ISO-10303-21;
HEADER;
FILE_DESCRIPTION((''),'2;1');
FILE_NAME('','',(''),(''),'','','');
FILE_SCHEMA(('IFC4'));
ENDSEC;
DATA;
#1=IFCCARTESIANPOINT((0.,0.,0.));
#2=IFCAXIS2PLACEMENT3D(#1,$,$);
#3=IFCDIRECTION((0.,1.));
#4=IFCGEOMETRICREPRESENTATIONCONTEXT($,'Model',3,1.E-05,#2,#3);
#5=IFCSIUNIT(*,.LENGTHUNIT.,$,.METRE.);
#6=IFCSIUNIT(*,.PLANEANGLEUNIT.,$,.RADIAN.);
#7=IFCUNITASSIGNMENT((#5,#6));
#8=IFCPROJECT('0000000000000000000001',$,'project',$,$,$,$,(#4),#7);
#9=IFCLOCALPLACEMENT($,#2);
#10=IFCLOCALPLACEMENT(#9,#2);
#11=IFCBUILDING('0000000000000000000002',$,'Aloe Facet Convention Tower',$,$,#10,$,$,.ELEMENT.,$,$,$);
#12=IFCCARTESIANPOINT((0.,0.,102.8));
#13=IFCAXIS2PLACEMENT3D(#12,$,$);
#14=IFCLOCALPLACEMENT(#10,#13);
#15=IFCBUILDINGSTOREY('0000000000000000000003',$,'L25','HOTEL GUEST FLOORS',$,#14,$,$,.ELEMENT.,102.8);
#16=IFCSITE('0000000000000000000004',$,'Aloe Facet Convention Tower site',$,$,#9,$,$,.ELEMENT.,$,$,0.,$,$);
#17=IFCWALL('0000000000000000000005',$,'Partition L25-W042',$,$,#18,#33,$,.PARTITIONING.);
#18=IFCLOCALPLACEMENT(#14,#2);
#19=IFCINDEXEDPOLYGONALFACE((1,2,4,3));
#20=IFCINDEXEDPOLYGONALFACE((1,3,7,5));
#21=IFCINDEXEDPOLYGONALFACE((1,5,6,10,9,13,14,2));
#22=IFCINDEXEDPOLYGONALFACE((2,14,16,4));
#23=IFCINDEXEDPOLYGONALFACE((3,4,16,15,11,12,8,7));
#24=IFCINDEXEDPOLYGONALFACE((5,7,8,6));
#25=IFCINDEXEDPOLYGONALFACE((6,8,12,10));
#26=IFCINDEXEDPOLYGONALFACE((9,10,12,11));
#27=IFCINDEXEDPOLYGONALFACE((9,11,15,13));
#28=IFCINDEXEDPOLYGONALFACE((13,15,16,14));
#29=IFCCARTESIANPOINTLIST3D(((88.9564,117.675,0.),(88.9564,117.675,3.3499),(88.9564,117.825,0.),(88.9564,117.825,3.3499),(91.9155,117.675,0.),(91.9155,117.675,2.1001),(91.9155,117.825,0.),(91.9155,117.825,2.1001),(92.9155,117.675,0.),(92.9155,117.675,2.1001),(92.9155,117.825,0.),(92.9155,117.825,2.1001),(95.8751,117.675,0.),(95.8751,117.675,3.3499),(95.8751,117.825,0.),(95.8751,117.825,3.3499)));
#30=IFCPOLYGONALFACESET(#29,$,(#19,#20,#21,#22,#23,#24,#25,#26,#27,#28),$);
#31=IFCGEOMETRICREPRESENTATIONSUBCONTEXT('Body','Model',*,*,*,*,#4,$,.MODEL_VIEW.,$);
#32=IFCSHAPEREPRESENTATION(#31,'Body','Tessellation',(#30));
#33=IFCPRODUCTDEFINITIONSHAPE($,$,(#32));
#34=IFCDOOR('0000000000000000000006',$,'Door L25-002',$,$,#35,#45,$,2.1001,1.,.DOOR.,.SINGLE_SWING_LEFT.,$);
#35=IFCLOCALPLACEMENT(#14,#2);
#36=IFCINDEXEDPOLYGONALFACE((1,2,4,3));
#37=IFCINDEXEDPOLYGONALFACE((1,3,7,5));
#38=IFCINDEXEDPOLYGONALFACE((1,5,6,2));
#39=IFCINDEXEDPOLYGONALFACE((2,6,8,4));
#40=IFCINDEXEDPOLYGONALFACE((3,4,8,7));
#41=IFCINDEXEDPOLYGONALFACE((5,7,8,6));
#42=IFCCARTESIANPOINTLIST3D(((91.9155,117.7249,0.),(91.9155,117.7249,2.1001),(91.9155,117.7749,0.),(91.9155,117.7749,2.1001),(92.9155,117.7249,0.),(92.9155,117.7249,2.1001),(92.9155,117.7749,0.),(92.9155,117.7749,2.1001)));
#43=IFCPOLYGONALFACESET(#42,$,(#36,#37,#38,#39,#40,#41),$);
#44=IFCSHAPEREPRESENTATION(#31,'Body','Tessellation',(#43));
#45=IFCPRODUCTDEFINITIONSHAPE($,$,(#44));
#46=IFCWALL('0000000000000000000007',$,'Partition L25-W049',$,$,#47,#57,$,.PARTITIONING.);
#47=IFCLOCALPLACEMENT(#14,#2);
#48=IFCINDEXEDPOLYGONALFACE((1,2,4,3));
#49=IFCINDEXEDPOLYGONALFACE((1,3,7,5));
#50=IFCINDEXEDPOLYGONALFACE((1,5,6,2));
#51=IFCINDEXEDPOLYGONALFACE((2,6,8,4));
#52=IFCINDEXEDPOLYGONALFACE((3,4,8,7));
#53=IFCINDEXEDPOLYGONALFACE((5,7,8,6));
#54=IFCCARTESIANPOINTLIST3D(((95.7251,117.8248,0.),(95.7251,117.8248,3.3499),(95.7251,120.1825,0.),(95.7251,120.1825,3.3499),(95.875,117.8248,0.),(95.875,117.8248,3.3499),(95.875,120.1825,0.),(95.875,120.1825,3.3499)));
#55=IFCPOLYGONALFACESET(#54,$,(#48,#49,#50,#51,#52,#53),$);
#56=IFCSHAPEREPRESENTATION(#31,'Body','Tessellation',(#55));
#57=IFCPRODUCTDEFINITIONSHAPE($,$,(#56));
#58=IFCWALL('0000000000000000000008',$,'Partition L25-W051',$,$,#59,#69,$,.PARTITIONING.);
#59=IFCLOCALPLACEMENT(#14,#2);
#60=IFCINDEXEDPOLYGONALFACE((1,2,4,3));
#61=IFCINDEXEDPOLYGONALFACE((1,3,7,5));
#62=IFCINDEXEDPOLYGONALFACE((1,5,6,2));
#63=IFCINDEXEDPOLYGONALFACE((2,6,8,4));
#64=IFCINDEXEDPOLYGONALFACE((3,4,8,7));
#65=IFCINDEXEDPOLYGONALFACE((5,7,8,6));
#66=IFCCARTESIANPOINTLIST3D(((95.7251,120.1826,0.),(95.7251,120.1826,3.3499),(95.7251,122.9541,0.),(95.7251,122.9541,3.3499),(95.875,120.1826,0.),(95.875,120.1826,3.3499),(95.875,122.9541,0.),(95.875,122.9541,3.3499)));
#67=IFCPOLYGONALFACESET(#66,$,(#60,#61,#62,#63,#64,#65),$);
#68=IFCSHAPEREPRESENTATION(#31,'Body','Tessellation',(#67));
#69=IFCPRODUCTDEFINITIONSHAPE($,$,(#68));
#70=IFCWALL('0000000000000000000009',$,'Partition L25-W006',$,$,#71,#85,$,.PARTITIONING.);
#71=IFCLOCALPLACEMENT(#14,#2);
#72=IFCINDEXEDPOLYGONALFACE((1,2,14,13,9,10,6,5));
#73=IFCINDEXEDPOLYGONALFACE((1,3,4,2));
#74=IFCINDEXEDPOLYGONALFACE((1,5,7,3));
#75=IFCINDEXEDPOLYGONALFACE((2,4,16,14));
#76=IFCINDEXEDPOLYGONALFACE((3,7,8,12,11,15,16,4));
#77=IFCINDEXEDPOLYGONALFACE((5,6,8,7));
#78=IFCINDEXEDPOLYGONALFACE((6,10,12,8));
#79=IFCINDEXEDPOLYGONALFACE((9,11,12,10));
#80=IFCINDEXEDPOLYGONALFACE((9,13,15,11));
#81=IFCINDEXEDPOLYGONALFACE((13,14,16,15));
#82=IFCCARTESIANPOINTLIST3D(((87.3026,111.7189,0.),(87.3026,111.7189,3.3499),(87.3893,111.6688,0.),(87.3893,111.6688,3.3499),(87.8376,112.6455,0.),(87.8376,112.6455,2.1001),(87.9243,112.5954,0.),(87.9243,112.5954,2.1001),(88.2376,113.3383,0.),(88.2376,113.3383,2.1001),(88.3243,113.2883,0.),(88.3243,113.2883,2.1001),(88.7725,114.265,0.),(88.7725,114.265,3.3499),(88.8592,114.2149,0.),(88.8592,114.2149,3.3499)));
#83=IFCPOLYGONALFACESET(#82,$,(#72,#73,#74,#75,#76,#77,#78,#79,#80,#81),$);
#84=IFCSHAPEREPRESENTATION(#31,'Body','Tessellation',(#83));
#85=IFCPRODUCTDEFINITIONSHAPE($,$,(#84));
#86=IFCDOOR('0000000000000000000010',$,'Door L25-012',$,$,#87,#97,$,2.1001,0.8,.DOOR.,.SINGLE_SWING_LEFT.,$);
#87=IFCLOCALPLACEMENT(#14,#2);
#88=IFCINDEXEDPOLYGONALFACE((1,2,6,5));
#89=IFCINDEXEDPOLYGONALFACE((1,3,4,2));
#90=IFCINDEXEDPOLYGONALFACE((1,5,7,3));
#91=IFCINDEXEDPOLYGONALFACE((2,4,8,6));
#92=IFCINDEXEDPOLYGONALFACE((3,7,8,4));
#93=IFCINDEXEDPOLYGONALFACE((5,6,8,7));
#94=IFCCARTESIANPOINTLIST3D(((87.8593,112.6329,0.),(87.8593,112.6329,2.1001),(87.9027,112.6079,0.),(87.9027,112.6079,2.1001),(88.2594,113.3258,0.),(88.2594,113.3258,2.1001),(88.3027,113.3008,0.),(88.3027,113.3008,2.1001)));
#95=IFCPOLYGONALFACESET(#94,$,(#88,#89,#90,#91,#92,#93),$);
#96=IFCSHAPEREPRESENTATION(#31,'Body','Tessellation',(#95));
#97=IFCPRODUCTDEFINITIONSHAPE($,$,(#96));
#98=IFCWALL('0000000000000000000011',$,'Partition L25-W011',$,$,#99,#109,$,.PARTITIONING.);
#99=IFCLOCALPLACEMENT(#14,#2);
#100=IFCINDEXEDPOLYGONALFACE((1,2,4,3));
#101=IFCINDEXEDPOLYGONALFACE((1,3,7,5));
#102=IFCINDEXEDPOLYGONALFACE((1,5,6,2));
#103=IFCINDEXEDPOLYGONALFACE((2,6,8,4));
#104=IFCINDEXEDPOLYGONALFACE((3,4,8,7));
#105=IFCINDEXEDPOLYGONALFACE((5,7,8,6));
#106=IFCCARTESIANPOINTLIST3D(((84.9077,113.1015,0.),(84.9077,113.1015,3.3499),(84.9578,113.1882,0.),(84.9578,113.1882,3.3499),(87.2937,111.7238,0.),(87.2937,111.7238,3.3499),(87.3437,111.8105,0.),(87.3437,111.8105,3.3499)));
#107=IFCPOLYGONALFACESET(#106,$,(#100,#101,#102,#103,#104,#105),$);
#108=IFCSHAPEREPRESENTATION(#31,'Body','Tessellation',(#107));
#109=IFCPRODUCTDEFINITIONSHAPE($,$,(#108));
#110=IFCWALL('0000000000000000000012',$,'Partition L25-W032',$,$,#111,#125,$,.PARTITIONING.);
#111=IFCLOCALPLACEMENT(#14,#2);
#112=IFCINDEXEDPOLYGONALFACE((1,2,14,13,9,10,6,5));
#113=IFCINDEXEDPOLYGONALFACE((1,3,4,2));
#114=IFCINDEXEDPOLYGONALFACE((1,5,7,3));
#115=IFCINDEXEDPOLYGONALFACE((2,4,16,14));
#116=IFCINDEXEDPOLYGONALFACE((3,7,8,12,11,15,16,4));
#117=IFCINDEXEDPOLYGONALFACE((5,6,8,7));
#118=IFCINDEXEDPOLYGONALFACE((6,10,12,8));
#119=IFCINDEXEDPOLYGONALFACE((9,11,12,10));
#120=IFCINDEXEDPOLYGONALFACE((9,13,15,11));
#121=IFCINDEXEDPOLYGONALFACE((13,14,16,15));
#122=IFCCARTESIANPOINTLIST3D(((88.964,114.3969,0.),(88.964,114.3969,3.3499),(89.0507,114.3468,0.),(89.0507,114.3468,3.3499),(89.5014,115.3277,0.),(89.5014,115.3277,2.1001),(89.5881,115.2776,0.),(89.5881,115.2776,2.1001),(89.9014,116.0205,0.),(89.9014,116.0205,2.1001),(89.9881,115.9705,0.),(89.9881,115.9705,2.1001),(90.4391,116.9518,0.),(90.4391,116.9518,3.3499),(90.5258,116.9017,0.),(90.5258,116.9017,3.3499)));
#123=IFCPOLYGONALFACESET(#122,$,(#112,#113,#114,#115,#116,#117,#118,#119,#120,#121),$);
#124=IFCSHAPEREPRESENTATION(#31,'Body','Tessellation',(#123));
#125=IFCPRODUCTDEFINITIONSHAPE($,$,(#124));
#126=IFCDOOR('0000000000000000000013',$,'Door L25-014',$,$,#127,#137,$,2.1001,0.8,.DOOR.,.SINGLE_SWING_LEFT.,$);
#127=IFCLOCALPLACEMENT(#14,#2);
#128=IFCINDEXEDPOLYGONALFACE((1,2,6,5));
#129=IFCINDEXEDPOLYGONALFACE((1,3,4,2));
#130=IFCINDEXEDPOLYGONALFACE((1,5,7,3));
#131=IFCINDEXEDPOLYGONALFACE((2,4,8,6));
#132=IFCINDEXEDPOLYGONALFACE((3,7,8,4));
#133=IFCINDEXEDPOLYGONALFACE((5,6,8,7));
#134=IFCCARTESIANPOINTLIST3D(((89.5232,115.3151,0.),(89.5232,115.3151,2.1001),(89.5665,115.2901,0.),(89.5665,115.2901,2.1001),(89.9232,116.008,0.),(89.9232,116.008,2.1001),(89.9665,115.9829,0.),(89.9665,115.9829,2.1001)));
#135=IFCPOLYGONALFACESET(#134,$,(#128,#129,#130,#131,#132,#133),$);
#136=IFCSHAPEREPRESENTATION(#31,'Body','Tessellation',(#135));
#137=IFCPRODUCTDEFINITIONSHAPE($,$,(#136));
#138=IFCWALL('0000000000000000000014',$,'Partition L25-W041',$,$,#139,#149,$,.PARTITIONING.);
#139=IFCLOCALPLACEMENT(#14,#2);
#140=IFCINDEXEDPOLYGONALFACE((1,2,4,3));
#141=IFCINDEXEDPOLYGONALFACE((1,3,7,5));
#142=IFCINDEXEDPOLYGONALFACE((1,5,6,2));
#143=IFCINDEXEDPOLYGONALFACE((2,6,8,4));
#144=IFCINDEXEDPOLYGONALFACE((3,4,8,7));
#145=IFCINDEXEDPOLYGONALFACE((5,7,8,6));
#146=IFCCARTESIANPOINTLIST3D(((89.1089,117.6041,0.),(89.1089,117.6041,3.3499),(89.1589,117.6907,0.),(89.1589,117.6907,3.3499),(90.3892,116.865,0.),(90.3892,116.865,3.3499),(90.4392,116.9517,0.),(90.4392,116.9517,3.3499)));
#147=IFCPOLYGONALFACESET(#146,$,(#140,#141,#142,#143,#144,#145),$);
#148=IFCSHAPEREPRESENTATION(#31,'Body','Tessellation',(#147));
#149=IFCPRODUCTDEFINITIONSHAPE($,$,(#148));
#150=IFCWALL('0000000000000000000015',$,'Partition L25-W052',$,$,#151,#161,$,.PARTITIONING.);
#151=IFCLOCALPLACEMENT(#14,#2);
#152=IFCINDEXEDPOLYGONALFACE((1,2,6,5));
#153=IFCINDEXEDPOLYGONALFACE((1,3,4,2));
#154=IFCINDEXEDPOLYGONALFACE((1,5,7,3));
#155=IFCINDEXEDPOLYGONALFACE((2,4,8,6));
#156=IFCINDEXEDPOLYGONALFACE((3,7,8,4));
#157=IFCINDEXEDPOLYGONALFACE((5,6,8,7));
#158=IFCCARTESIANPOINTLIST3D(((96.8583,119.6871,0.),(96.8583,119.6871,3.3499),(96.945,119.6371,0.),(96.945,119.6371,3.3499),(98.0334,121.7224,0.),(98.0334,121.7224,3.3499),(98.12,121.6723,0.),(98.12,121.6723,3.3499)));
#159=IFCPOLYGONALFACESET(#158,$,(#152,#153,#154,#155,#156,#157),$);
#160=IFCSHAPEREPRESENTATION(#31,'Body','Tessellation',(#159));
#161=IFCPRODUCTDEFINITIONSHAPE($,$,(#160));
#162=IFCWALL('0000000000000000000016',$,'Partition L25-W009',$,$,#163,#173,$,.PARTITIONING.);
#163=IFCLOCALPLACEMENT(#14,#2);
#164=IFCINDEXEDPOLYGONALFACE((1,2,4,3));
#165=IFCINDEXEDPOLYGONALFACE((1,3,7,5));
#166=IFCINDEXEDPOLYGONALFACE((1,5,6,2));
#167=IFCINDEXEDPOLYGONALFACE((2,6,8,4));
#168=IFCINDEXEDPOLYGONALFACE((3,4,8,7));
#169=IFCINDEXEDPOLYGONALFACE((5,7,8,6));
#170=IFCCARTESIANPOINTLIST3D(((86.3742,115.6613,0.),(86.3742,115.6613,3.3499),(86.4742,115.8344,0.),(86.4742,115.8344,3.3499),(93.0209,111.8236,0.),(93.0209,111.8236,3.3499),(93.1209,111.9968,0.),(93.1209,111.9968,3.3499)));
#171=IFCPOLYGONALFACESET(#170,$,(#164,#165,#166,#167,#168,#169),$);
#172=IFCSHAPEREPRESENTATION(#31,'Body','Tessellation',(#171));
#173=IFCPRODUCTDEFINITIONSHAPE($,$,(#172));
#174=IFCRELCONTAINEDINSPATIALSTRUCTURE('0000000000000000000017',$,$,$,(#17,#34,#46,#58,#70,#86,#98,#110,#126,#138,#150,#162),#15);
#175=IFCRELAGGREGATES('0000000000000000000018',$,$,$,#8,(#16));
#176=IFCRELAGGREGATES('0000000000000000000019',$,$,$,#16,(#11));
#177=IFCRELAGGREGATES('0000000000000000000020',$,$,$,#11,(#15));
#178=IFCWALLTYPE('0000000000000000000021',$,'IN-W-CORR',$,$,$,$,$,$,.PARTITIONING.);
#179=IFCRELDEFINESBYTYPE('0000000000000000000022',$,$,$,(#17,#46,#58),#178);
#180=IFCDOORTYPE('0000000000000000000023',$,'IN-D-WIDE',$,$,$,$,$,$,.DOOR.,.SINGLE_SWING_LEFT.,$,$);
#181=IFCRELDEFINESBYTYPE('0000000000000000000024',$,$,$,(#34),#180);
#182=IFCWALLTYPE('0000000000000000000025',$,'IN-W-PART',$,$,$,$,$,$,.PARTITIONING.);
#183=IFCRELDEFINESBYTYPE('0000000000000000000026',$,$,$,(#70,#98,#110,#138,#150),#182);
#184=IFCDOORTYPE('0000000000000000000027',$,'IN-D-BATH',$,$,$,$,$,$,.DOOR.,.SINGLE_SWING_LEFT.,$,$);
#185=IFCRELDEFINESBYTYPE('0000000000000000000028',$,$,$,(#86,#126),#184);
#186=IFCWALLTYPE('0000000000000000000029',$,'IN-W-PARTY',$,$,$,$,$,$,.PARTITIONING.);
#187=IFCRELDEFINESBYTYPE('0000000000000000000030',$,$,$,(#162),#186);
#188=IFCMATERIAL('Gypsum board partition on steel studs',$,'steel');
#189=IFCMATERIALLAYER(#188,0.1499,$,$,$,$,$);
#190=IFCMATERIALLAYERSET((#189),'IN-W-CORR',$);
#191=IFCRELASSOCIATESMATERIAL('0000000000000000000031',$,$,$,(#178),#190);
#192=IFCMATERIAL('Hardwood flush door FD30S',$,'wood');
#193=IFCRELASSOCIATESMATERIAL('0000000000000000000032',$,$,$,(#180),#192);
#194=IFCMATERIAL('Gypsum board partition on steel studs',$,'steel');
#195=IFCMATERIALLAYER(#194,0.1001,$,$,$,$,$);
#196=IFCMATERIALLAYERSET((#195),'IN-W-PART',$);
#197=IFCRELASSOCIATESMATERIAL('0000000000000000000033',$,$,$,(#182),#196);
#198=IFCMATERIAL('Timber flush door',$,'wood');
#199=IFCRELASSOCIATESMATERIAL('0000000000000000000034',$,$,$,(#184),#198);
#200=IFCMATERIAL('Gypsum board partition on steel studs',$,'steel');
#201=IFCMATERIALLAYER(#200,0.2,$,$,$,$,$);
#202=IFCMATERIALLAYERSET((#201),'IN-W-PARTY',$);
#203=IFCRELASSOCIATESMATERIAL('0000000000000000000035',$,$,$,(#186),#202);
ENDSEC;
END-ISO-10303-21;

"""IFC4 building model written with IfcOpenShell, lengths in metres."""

from ifc_helpers import new_model, si_unit, direction, frame, frame_2d, origin, place, context, subcontext, project, spatial, rectangle, extrude, material, layer, layer_set, type_object, element, fill, save


model = new_model("IFC4")

# Units and contexts
model_context = context("Model", 3, precision=1e-05, world=origin(), true_north=direction((0.0, 1.0)))
body_context = subcontext(model_context, "Body", "Model", "MODEL_VIEW")
ifc_project = project(units=[si_unit("LENGTHUNIT", "METRE"), si_unit("PLANEANGLEUNIT", "RADIAN")], contexts=[model_context])

# Site, building, storey
site_placement = place(None, origin())
site = spatial("IfcSite", under=ifc_project, at=site_placement, Name="Aloe Facet Convention Tower site", CompositionType="ELEMENT", RefElevation=0.0)
building_placement = place(site_placement, origin())
building = spatial("IfcBuilding", under=site, at=building_placement, Name="Aloe Facet Convention Tower", CompositionType="ELEMENT")
storey_placement = place(building_placement, frame((0.0, 0.0, 102.8)))
storey = spatial("IfcBuildingStorey", under=building, at=storey_placement, Name="L25", Description="HOTEL GUEST FLOORS", CompositionType="ELEMENT", Elevation=102.8)

# Shared definitions
ifc_material_1 = material(Name="Gypsum board partition on steel studs", Category="steel")
ifc_layer_1 = layer(ifc_material_1, 0.1499)
ifc_layer_set_1 = layer_set([ifc_layer_1], Name="IN-W-CORR")
wall_type_1 = type_object("IfcWallType", Name="IN-W-CORR", PredefinedType="PARTITIONING", material=ifc_layer_set_1)
ifc_material_2 = material(Name="Hardwood flush door FD30S", Category="wood")
door_type_1 = type_object("IfcDoorType", Name="IN-D-WIDE", OperationType="SINGLE_SWING_LEFT", PredefinedType="DOOR", material=ifc_material_2)

# Wall, opening, door
wall_1_placement = place(storey_placement, frame((88.9563, 117.75, 0.0), z_axis=(0.0, 0.0, 1.0), x_axis=(1.0, 0.0, 0.0)))
wall_1 = element("IfcWall", 1, at=wall_1_placement, inside=storey, type_object=wall_type_1, Name="Partition L25-W042", PredefinedType="PARTITIONING", context=body_context, shape_type="SweptSolid", body=[
    extrude(rectangle(XDim=6.9187, YDim=0.1499, at=frame_2d((3.4595, 0.0))), origin(), (0.0, 0.0, 1.0), 3.3499),
])
opening_1_placement = place(wall_1_placement, frame((2.9592, 0.0, 0.0)))
opening_1 = element("IfcOpeningElement", 2, at=opening_1_placement, cuts=wall_1, PredefinedType="OPENING", context=body_context, shape_type="SweptSolid", body=[
    extrude(rectangle(XDim=1.0, YDim=2.1001, at=frame_2d((0.5, 1.05))), frame((0.0, 0.085, 0.0), z_axis=(0.0, -1.0, 0.0), x_axis=(1.0, 0.0, 0.0)), (0.0, 0.0, 1.0), 0.1699),
])
door_1_placement = place(opening_1_placement, origin())
door_1 = element("IfcDoor", 3, at=door_1_placement, inside=storey, type_object=door_type_1, Name="Door L25-002", OperationType="SINGLE_SWING_LEFT", OverallHeight=2.1001, OverallWidth=1.0, PredefinedType="DOOR", context=body_context, shape_type="SweptSolid", body=[
    extrude(rectangle(XDim=1.0, YDim=2.1001, at=frame_2d((0.5, 1.05))), frame((0.0, 0.0249, 0.0), z_axis=(0.0, -1.0, 0.0), x_axis=(1.0, 0.0, 0.0)), (0.0, 0.0, 1.0), 0.05),
])
fill(opening_1, door_1)

# Walls
wall_2_placement = place(storey_placement, frame((95.8, 117.825, 0.0), z_axis=(0.0, 0.0, 1.0), x_axis=(0.0, 1.0, 0.0)))
element("IfcWall", 4, at=wall_2_placement, inside=storey, type_object=wall_type_1, Name="Partition L25-W049", PredefinedType="PARTITIONING", context=body_context, shape_type="SweptSolid", body=[
    extrude(rectangle(XDim=2.3577, YDim=0.1499, at=frame_2d((1.1787, 0.0))), origin(), (0.0, 0.0, 1.0), 3.3499),
])
wall_3_placement = place(storey_placement, frame((95.8, 120.1826, 0.0), z_axis=(0.0, 0.0, 1.0), x_axis=(0.0, 1.0, 0.0)))
element("IfcWall", 5, at=wall_3_placement, inside=storey, type_object=wall_type_1, Name="Partition L25-W051", PredefinedType="PARTITIONING", context=body_context, shape_type="SweptSolid", body=[
    extrude(rectangle(XDim=2.7715, YDim=0.1499, at=frame_2d((1.3857, 0.0))), origin(), (0.0, 0.0, 1.0), 3.3499),
])

# Wall, opening, door
ifc_material_3 = material(Name="Gypsum board partition on steel studs", Category="steel")
ifc_layer_2 = layer(ifc_material_3, 0.1001)
ifc_layer_set_2 = layer_set([ifc_layer_2], Name="IN-W-PART")
wall_type_2 = type_object("IfcWallType", Name="IN-W-PART", PredefinedType="PARTITIONING", material=ifc_layer_set_2)
wall_4_placement = place(storey_placement, frame((87.3459, 111.6938, 0.0), z_axis=(0.0, 0.0, 1.0), x_axis=(0.499988, 0.866032, 0.0)))
wall_4 = element("IfcWall", 6, at=wall_4_placement, inside=storey, type_object=wall_type_2, Name="Partition L25-W006", PredefinedType="PARTITIONING", context=body_context, shape_type="SweptSolid", body=[
    extrude(rectangle(XDim=2.9399, YDim=0.1001, at=frame_2d((1.47, 0.0))), origin(), (0.0, 0.0, 1.0), 3.3499),
])
opening_2_placement = place(wall_4_placement, frame((1.0701, 0.0, 0.0)))
opening_2 = element("IfcOpeningElement", 7, at=opening_2_placement, cuts=wall_4, PredefinedType="OPENING", context=body_context, shape_type="SweptSolid", body=[
    extrude(rectangle(XDim=0.8, YDim=2.1001, at=frame_2d((0.3999, 1.05))), frame((0.0, 0.0601, 0.0), z_axis=(0.0, -1.0, 0.0), x_axis=(1.0, 0.0, 0.0)), (0.0, 0.0, 1.0), 0.1201),
])
ifc_material_4 = material(Name="Timber flush door", Category="wood")
door_type_2 = type_object("IfcDoorType", Name="IN-D-BATH", OperationType="SINGLE_SWING_LEFT", PredefinedType="DOOR", material=ifc_material_4)
door_2_placement = place(opening_2_placement, origin())
door_2 = element("IfcDoor", 8, at=door_2_placement, inside=storey, type_object=door_type_2, Name="Door L25-012", OperationType="SINGLE_SWING_LEFT", OverallHeight=2.1001, OverallWidth=0.8, PredefinedType="DOOR", context=body_context, shape_type="SweptSolid", body=[
    extrude(rectangle(XDim=0.8, YDim=2.1001, at=frame_2d((0.3999, 1.05))), frame((0.0, 0.0249, 0.0), z_axis=(0.0, -1.0, 0.0), x_axis=(1.0, 0.0, 0.0)), (0.0, 0.0, 1.0), 0.05),
])
fill(opening_2, door_2)

# Wall
wall_5_placement = place(storey_placement, frame((84.9329, 113.1448, 0.0), z_axis=(0.0, 0.0, 1.0), x_axis=(0.866004, -0.500037, 0.0)))
element("IfcWall", 9, at=wall_5_placement, inside=storey, type_object=wall_type_2, Name="Partition L25-W011", PredefinedType="PARTITIONING", context=body_context, shape_type="SweptSolid", body=[
    extrude(rectangle(XDim=2.7551, YDim=0.1001, at=frame_2d((1.3774, 0.0))), origin(), (0.0, 0.0, 1.0), 3.3499),
])

# Wall, opening, door
wall_6_placement = place(storey_placement, frame((89.0073, 114.3718, 0.0), z_axis=(0.0, 0.0, 1.0), x_axis=(0.500002, 0.866024, 0.0)))
wall_6 = element("IfcWall", 10, at=wall_6_placement, inside=storey, type_object=wall_type_2, Name="Partition L25-W032", PredefinedType="PARTITIONING", context=body_context, shape_type="SweptSolid", body=[
    extrude(rectangle(XDim=2.9502, YDim=0.1001, at=frame_2d((1.4751, 0.0))), origin(), (0.0, 0.0, 1.0), 3.3499),
])
opening_3_placement = place(wall_6_placement, frame((1.075, 0.0, 0.0)))
opening_3 = element("IfcOpeningElement", 11, at=opening_3_placement, cuts=wall_6, PredefinedType="OPENING", context=body_context, shape_type="SweptSolid", body=[
    extrude(rectangle(XDim=0.8, YDim=2.1001, at=frame_2d((0.3999, 1.05))), frame((0.0, 0.0601, 0.0), z_axis=(0.0, -1.0, 0.0), x_axis=(1.0, 0.0, 0.0)), (0.0, 0.0, 1.0), 0.1201),
])
door_3_placement = place(opening_3_placement, origin())
door_3 = element("IfcDoor", 12, at=door_3_placement, inside=storey, type_object=door_type_2, Name="Door L25-014", OperationType="SINGLE_SWING_LEFT", OverallHeight=2.1001, OverallWidth=0.8, PredefinedType="DOOR", context=body_context, shape_type="SweptSolid", body=[
    extrude(rectangle(XDim=0.8, YDim=2.1001, at=frame_2d((0.3999, 1.05))), frame((0.0, 0.0249, 0.0), z_axis=(0.0, -1.0, 0.0), x_axis=(1.0, 0.0, 0.0)), (0.0, 0.0, 1.0), 0.05),
])
fill(opening_3, door_3)

# Walls
wall_7_placement = place(storey_placement, frame((89.1338, 117.6475, 0.0), z_axis=(0.0, 0.0, 1.0), x_axis=(0.86607, -0.499923, 0.0)))
element("IfcWall", 13, at=wall_7_placement, inside=storey, type_object=wall_type_2, Name="Partition L25-W041", PredefinedType="PARTITIONING", context=body_context, shape_type="SweptSolid", body=[
    extrude(rectangle(XDim=1.4783, YDim=0.1001, at=frame_2d((0.7393, 0.0))), origin(), (0.0, 0.0, 1.0), 3.3499),
])
wall_8_placement = place(storey_placement, frame((96.9016, 119.6621, 0.0), z_axis=(0.0, 0.0, 1.0), x_axis=(0.500016, 0.866016, 0.0)))
element("IfcWall", 14, at=wall_8_placement, inside=storey, type_object=wall_type_2, Name="Partition L25-W052", PredefinedType="PARTITIONING", context=body_context, shape_type="SweptSolid", body=[
    extrude(rectangle(XDim=2.3501, YDim=0.1001, at=frame_2d((1.175, 0.0))), origin(), (0.0, 0.0, 1.0), 3.3499),
])
ifc_material_5 = material(Name="Gypsum board partition on steel studs", Category="steel")
ifc_layer_3 = layer(ifc_material_5, 0.2)
ifc_layer_set_3 = layer_set([ifc_layer_3], Name="IN-W-PARTY")
wall_type_3 = type_object("IfcWallType", Name="IN-W-PARTY", PredefinedType="PARTITIONING", material=ifc_layer_set_3)
wall_9_placement = place(storey_placement, frame((86.4243, 115.7478, 0.0), z_axis=(0.0, 0.0, 1.0), x_axis=(0.866017, -0.500015, 0.0)))
element("IfcWall", 15, at=wall_9_placement, inside=storey, type_object=wall_type_3, Name="Partition L25-W009", PredefinedType="PARTITIONING", context=body_context, shape_type="SweptSolid", body=[
    extrude(rectangle(XDim=7.675, YDim=0.2, at=frame_2d((3.8374, 0.0))), origin(), (0.0, 0.0, 1.0), 3.3499),
])

save(model, "model.ifc")
